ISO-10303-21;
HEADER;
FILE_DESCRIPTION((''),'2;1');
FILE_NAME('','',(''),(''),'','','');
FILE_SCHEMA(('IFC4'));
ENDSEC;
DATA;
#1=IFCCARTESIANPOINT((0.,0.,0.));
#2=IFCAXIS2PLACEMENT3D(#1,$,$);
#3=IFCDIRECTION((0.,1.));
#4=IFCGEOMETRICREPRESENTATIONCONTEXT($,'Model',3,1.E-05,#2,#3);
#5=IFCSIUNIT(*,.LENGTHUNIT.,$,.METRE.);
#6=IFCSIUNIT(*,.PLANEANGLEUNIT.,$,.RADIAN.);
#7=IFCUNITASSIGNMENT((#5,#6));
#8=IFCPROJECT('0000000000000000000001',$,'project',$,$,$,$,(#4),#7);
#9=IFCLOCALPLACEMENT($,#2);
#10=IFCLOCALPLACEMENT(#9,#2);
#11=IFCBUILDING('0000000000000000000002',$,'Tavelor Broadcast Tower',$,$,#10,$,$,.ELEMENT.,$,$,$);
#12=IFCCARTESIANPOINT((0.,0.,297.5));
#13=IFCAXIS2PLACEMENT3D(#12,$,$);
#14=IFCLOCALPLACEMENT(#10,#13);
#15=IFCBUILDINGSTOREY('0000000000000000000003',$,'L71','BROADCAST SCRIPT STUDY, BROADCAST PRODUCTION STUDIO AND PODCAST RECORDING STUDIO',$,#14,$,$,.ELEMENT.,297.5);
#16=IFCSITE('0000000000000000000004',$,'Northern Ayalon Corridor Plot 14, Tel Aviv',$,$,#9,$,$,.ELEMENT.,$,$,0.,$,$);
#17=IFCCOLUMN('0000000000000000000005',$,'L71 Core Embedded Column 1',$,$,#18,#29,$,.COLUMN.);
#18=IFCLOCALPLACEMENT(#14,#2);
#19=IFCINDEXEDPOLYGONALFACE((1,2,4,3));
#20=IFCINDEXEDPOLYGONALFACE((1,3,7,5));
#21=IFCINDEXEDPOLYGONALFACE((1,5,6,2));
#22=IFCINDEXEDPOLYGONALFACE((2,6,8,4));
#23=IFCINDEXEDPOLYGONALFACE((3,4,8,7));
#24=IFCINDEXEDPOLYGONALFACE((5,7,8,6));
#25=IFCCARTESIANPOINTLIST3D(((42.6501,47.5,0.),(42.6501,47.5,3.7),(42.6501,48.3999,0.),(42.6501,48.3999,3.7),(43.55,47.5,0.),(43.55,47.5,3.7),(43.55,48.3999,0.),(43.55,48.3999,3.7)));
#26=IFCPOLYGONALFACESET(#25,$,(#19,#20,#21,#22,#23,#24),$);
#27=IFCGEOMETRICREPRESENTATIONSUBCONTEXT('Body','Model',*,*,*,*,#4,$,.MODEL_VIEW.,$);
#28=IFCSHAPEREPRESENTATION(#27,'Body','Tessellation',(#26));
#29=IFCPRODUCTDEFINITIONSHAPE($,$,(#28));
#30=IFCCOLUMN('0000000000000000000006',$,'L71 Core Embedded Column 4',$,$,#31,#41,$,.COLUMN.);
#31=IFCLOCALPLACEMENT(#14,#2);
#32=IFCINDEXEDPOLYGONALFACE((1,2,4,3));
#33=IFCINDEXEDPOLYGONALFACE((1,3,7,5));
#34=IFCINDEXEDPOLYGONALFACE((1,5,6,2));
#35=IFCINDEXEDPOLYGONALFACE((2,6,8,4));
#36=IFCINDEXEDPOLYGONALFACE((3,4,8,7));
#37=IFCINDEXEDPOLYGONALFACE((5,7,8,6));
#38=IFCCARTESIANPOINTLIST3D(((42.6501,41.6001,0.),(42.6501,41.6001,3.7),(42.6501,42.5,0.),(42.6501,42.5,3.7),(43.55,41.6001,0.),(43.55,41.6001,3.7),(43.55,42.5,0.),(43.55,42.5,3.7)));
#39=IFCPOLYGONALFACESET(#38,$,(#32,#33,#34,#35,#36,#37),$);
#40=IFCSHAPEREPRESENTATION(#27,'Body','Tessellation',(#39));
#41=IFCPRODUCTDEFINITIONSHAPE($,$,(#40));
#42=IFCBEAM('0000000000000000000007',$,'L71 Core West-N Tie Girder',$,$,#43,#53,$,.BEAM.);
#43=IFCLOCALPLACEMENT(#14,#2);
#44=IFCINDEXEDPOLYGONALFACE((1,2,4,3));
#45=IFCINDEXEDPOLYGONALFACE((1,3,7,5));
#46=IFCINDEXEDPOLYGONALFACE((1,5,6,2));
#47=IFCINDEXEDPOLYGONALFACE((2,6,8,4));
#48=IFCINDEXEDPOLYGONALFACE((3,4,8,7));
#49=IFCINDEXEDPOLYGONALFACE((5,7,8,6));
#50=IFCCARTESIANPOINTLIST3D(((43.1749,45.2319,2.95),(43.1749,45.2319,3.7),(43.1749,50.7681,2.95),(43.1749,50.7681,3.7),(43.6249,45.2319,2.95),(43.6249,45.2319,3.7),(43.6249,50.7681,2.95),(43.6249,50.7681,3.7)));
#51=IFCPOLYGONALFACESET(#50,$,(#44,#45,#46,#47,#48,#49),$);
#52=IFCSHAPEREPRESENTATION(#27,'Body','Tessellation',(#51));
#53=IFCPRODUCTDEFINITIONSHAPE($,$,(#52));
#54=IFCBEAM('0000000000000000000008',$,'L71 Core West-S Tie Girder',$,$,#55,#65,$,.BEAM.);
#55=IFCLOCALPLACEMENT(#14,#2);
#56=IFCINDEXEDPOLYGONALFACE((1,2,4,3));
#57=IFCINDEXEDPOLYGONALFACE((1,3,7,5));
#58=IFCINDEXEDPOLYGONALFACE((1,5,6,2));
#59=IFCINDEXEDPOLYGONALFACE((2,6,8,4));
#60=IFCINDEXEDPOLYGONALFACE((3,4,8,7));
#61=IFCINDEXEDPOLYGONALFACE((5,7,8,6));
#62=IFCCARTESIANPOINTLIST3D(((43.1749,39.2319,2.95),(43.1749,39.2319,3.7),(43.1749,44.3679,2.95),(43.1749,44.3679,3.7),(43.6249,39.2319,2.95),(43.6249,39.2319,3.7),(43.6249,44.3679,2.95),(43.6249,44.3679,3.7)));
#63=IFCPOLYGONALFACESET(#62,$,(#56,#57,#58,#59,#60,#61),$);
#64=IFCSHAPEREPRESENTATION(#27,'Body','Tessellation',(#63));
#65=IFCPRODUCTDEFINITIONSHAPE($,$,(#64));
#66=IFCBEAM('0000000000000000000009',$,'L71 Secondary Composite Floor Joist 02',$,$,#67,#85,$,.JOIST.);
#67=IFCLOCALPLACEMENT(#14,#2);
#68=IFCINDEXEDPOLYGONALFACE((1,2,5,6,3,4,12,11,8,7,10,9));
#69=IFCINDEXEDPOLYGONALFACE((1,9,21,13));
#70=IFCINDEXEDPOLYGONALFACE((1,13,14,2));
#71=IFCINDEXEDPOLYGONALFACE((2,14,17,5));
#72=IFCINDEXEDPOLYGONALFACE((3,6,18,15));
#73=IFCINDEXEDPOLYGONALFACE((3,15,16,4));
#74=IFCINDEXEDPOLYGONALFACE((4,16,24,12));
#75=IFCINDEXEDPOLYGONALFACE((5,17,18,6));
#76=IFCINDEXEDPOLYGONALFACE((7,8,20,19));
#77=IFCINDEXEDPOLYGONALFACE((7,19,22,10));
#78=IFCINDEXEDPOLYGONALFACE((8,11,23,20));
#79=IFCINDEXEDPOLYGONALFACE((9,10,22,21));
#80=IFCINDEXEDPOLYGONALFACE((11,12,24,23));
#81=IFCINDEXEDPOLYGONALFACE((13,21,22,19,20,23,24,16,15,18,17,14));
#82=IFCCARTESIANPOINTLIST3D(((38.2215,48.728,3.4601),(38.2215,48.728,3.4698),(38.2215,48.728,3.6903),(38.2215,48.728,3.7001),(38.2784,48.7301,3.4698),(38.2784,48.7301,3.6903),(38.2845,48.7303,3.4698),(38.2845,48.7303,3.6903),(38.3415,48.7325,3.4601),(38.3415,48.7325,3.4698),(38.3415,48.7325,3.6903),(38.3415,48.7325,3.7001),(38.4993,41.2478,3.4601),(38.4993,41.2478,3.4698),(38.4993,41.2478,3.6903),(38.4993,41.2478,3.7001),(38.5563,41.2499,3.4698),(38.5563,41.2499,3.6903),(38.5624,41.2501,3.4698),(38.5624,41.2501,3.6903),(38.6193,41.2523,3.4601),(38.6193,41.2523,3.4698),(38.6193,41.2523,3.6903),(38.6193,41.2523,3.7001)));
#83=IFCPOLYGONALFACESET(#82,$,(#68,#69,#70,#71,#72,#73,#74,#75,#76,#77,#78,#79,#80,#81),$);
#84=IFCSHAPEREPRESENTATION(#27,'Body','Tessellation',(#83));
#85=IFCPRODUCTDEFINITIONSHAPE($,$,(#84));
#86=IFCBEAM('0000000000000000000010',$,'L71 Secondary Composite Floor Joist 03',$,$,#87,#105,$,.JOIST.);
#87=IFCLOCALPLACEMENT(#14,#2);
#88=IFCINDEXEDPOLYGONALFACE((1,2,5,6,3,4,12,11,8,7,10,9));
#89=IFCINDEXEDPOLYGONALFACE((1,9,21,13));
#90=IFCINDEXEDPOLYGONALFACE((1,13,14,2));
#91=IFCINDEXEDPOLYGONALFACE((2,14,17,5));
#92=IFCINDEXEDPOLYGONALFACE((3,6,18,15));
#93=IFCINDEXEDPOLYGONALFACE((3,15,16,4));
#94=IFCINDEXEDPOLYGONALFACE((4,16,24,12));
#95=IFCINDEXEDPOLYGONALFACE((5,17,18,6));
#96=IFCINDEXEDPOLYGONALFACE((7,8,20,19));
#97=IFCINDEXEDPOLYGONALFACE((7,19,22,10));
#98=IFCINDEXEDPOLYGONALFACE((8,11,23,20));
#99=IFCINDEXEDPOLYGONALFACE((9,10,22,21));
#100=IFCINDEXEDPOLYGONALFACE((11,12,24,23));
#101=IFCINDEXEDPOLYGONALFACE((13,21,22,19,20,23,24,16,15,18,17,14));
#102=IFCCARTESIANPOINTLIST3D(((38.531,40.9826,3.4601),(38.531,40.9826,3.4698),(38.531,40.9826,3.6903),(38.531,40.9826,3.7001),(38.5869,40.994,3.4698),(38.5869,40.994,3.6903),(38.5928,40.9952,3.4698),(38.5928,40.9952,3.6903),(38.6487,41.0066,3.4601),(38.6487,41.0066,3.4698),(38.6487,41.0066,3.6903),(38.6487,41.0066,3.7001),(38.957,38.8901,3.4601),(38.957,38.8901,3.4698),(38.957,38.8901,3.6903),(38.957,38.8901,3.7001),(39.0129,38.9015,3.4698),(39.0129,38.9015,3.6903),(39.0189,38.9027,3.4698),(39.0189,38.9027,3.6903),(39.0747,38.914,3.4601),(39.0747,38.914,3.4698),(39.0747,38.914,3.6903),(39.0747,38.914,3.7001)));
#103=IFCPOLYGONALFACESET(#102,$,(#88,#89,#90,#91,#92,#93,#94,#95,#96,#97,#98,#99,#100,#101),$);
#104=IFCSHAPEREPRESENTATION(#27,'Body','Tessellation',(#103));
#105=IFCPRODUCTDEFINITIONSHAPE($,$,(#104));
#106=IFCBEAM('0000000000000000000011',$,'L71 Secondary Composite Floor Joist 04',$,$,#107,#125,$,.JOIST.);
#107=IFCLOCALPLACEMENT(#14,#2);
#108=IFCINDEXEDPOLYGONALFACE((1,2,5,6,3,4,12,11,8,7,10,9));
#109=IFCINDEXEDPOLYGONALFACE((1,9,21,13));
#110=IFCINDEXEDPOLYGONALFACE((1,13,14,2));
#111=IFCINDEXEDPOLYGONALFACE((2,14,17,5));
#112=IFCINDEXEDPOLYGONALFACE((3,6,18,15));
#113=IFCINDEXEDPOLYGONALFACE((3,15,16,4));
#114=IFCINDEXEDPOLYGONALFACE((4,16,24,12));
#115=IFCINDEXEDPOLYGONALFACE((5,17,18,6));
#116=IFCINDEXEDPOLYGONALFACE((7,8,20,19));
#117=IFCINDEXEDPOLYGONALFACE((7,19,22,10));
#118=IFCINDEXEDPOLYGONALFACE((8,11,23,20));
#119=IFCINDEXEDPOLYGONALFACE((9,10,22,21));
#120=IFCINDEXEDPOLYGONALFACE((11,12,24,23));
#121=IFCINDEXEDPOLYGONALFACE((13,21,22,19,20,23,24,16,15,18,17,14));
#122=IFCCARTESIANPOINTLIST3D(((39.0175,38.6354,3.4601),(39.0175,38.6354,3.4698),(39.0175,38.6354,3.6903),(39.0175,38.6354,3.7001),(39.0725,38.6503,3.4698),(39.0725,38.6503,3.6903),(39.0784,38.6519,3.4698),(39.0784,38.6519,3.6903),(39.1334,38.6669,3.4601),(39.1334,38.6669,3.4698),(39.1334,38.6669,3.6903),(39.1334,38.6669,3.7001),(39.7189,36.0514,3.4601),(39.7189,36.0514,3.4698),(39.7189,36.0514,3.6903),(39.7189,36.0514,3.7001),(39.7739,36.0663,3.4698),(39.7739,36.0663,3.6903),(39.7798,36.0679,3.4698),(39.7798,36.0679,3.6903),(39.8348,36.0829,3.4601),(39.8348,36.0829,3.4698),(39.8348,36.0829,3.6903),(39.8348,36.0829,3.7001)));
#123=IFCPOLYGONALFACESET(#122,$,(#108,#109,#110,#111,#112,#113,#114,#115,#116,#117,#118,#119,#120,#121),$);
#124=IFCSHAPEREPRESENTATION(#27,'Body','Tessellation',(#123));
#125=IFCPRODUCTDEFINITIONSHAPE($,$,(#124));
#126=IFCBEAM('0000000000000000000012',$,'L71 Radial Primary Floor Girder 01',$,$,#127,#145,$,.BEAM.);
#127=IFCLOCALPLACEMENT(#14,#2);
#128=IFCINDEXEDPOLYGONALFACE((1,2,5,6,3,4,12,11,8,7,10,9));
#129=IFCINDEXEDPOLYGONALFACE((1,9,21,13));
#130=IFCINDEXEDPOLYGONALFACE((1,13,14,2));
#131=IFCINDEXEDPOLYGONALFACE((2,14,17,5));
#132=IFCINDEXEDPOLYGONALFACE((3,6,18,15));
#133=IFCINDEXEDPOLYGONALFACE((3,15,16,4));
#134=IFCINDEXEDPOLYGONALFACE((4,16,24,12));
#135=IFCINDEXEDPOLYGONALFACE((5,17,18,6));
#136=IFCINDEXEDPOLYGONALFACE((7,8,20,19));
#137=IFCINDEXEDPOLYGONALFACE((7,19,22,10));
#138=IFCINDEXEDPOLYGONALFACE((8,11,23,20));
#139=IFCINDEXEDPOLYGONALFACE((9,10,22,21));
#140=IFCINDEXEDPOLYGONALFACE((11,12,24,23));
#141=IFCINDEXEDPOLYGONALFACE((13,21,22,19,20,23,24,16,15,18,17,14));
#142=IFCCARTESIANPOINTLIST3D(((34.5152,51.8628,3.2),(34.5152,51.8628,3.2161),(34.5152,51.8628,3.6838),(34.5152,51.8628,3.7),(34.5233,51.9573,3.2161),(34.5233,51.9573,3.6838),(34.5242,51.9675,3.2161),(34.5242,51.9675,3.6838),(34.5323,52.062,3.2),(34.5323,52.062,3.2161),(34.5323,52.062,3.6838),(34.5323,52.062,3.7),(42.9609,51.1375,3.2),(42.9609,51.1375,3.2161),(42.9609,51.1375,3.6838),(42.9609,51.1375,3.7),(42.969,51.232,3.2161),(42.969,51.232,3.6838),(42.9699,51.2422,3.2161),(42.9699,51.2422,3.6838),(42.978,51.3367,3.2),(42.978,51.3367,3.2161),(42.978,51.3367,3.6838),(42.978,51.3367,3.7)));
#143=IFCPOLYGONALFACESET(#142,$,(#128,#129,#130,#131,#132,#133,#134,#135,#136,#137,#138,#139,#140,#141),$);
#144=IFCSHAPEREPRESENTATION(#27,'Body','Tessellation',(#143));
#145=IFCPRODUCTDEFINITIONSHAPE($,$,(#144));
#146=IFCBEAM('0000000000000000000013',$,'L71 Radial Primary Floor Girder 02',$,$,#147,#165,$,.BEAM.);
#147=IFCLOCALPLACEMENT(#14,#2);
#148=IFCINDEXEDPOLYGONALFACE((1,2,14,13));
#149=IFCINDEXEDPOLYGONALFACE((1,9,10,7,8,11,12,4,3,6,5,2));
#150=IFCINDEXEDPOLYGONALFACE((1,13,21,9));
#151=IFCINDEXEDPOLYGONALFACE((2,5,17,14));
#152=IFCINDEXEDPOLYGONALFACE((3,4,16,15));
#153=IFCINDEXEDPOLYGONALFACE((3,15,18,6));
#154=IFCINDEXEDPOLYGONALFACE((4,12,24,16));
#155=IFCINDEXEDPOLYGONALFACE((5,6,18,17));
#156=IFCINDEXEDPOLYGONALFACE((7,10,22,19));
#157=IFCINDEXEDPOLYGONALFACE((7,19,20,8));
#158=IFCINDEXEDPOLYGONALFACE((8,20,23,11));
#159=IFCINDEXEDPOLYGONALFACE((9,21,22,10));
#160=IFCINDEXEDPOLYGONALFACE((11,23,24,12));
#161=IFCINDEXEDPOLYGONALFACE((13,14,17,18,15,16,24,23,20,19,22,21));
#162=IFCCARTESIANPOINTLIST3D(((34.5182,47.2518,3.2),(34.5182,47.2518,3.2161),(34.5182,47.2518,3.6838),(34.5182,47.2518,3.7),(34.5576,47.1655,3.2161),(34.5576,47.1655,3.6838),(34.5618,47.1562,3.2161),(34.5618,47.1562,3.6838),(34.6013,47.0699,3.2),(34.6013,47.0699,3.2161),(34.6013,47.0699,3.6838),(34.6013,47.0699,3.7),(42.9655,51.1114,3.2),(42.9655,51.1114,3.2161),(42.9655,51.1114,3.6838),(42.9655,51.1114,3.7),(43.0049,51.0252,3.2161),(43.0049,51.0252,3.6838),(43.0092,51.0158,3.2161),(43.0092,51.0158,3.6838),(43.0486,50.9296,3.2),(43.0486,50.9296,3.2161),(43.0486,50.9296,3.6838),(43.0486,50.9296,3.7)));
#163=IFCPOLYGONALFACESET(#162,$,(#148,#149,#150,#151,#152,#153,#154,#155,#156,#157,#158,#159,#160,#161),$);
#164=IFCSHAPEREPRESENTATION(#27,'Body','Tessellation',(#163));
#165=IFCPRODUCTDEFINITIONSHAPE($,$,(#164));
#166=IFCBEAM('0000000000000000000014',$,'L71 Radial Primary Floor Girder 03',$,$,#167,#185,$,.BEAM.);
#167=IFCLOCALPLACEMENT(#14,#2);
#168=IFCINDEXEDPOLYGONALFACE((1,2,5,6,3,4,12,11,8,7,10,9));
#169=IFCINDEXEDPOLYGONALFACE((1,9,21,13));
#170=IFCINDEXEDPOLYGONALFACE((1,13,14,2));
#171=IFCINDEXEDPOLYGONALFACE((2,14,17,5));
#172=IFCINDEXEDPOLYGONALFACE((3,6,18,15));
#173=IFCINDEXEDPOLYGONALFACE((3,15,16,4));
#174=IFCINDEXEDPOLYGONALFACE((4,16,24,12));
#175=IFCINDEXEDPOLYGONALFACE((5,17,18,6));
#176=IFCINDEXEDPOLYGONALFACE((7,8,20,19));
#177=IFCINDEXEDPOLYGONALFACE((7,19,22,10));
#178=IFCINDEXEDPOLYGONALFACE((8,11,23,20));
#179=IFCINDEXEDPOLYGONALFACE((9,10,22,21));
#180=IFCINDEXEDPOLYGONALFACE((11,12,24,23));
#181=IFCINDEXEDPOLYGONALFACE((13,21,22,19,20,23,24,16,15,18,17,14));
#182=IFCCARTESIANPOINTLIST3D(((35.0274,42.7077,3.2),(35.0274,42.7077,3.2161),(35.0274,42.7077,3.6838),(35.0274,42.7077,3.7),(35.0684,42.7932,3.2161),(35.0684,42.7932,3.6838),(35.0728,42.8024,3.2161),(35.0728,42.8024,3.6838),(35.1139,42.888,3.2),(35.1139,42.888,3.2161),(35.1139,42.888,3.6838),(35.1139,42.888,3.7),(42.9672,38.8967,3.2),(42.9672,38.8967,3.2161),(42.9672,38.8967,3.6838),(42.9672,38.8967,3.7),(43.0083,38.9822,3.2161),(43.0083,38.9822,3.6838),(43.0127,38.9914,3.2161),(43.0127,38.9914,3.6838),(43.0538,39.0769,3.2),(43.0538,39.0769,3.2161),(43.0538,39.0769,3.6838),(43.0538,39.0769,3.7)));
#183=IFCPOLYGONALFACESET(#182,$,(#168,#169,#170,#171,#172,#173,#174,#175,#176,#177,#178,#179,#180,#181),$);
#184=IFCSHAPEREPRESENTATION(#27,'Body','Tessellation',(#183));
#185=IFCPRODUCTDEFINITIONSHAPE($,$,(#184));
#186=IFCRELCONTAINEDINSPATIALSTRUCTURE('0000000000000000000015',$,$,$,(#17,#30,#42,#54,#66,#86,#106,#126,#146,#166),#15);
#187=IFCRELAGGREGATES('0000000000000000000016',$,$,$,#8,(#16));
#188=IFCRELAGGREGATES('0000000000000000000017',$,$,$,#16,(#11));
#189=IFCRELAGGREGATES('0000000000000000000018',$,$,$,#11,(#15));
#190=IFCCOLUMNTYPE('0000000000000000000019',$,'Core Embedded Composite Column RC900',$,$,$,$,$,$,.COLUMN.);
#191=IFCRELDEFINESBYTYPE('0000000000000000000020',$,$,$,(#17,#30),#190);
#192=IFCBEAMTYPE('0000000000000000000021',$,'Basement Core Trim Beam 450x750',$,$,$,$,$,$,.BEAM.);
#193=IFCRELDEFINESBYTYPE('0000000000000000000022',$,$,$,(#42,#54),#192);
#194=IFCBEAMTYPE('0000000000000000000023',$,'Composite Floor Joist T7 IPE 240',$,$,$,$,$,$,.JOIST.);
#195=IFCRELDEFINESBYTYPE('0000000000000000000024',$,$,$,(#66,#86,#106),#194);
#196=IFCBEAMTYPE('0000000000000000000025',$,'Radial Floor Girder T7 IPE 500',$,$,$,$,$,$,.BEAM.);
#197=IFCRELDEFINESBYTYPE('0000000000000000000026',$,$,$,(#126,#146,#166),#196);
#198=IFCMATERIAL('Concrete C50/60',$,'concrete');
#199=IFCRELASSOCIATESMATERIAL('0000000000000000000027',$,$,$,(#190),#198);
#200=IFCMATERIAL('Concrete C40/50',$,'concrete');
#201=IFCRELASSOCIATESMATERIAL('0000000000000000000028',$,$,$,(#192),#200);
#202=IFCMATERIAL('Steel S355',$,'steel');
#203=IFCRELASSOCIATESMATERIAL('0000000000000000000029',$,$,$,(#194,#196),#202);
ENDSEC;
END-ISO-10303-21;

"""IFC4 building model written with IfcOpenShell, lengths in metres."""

from ifc_helpers import new_model, si_unit, direction, frame, origin, origin_2d, place, context, subcontext, project, spatial, rectangle, i_section, extrude, material, material_profile, profile_set, type_object, element, save


model = new_model("IFC4")

# Units and contexts
model_context = context("Model", 3, precision=1e-05, world=origin(), true_north=direction((0.0, 1.0)))
body_context = subcontext(model_context, "Body", "Model", "MODEL_VIEW")
ifc_project = project(units=[si_unit("LENGTHUNIT", "METRE"), si_unit("PLANEANGLEUNIT", "RADIAN")], contexts=[model_context])

# Site, building, storey
site_placement = place(None, origin())
site = spatial("IfcSite", under=ifc_project, at=site_placement, Name="Northern Ayalon Corridor Plot 14, Tel Aviv", CompositionType="ELEMENT", RefElevation=0.0)
building_placement = place(site_placement, origin())
building = spatial("IfcBuilding", under=site, at=building_placement, Name="Tavelor Broadcast Tower", CompositionType="ELEMENT")
storey_placement = place(building_placement, frame((0.0, 0.0, 297.5)))
storey = spatial("IfcBuildingStorey", under=building, at=storey_placement, Name="L71", Description="BROADCAST SCRIPT STUDY, BROADCAST PRODUCTION STUDIO AND PODCAST RECORDING STUDIO", CompositionType="ELEMENT", Elevation=297.5)

# Columns
ifc_material_1 = material(Name="Concrete C50/60", Category="concrete")
ifc_material_profile_1 = material_profile(ifc_material_1, rectangle(XDim=0.8999, YDim=0.8999, at=origin_2d()), Name="RC 900x900")
ifc_profile_set_1 = profile_set([ifc_material_profile_1], Name="Concrete C50/60")
column_type = type_object("IfcColumnType", Name="Core Embedded Composite Column RC900", PredefinedType="COLUMN", material=ifc_profile_set_1)
for number, where, z_axis, x_axis, name in (
    (1, (43.1001, 47.95, 0.0), (0.0, 0.0, 1.0), (1.0, 0.0, 0.0), "L71 Core Embedded Column 1"),
    (2, (43.1001, 42.05, 0.0), (0.0, 0.0, 1.0), (1.0, 0.0, 0.0), "L71 Core Embedded Column 4"),
):
    element("IfcColumn", number, at=place(storey_placement, frame(where, z_axis=z_axis, x_axis=x_axis)), inside=storey, type_object=column_type, Name=name, PredefinedType="COLUMN", context=body_context, shape_type="SweptSolid", body=[
        extrude(rectangle(XDim=0.8999, YDim=0.8999, at=origin_2d()), origin(), (0.0, 0.0, 1.0), 3.7),
    ])

# Beams
ifc_material_2 = material(Name="Concrete C40/50", Category="concrete")
ifc_material_profile_2 = material_profile(ifc_material_2, rectangle(XDim=0.45, YDim=0.75, at=origin_2d()), Name="RC 450x750")
ifc_profile_set_2 = profile_set([ifc_material_profile_2], Name="Concrete C40/50")
beam_type_1 = type_object("IfcBeamType", Name="Basement Core Trim Beam 450x750", PredefinedType="BEAM", material=ifc_profile_set_2)
beam_1_placement = place(storey_placement, frame((43.3999, 45.2319, 3.325), z_axis=(0.0, 1.0, 0.0), x_axis=(-1.0, 0.0, 0.0)))
element("IfcBeam", 3, at=beam_1_placement, inside=storey, type_object=beam_type_1, Name="L71 Core West-N Tie Girder", PredefinedType="BEAM", context=body_context, shape_type="SweptSolid", body=[
    extrude(rectangle(XDim=0.45, YDim=0.75, at=origin_2d()), origin(), (0.0, 0.0, 1.0), 5.5361),
])
beam_2_placement = place(storey_placement, frame((43.3999, 39.2319, 3.325), z_axis=(0.0, 1.0, 0.0), x_axis=(-1.0, 0.0, 0.0)))
element("IfcBeam", 4, at=beam_2_placement, inside=storey, type_object=beam_type_1, Name="L71 Core West-S Tie Girder", PredefinedType="BEAM", context=body_context, shape_type="SweptSolid", body=[
    extrude(rectangle(XDim=0.45, YDim=0.75, at=origin_2d()), origin(), (0.0, 0.0, 1.0), 5.136),
])
ifc_material_3 = material(Name="Steel S355", Category="steel")
ifc_material_profile_3 = material_profile(ifc_material_3, i_section(OverallWidth=0.1201, OverallDepth=0.24, WebThickness=0.0061, FlangeThickness=0.0098, at=origin_2d()), Name="IPE 240")
ifc_profile_set_3 = profile_set([ifc_material_profile_3], Name="Steel S355")
beam_type_2 = type_object("IfcBeamType", Name="Composite Floor Joist T7 IPE 240", PredefinedType="JOIST", material=ifc_profile_set_3)
beam_3_placement = place(storey_placement, frame((38.2815, 48.7302, 3.5801), z_axis=(0.037117, -0.999311, 0.0), x_axis=(0.999311, 0.037117, 0.0)))
element("IfcBeam", 5, at=beam_3_placement, inside=storey, type_object=beam_type_2, Name="L71 Secondary Composite Floor Joist 02", PredefinedType="JOIST", context=body_context, shape_type="SweptSolid", body=[
    extrude(i_section(OverallWidth=0.1201, OverallDepth=0.24, WebThickness=0.0061, FlangeThickness=0.0098, at=origin_2d()), origin(), (0.0, 0.0, 1.0), 7.4854),
])
beam_4_placement = place(storey_placement, frame((38.5898, 40.9946, 3.5801), z_axis=(0.199501, -0.979898, 0.0), x_axis=(0.979898, 0.199501, 0.0)))
element("IfcBeam", 6, at=beam_4_placement, inside=storey, type_object=beam_type_2, Name="L71 Secondary Composite Floor Joist 03", PredefinedType="JOIST", context=body_context, shape_type="SweptSolid", body=[
    extrude(i_section(OverallWidth=0.1201, OverallDepth=0.24, WebThickness=0.0061, FlangeThickness=0.0098, at=origin_2d()), origin(), (0.0, 0.0, 1.0), 2.1355),
])
beam_5_placement = place(storey_placement, frame((39.0754, 38.6511, 3.5801), z_axis=(0.261968, -0.965077, 0.0), x_axis=(0.965077, 0.261968, 0.0)))
element("IfcBeam", 7, at=beam_5_placement, inside=storey, type_object=beam_type_2, Name="L71 Secondary Composite Floor Joist 04", PredefinedType="JOIST", context=body_context, shape_type="SweptSolid", body=[
    extrude(i_section(OverallWidth=0.1201, OverallDepth=0.24, WebThickness=0.0061, FlangeThickness=0.0098, at=origin_2d()), origin(), (0.0, 0.0, 1.0), 2.6775),
])
ifc_material_profile_4 = material_profile(ifc_material_3, i_section(OverallWidth=0.2, OverallDepth=0.5, WebThickness=0.0103, FlangeThickness=0.0161, at=origin_2d()), Name="IPE 500")
ifc_profile_set_4 = profile_set([ifc_material_profile_4], Name="Steel S355")
beam_type_3 = type_object("IfcBeamType", Name="Radial Floor Girder T7 IPE 500", PredefinedType="BEAM", material=ifc_profile_set_4)
beam_6_placement = place(storey_placement, frame((42.9695, 51.2371, 3.45), z_axis=(-0.996332, 0.085567, 0.0), x_axis=(-0.085567, -0.996332, 0.0)))
element("IfcBeam", 8, at=beam_6_placement, inside=storey, type_object=beam_type_3, Name="L71 Radial Primary Floor Girder 01", PredefinedType="BEAM", context=body_context, shape_type="SweptSolid", body=[
    extrude(i_section(OverallWidth=0.2, OverallDepth=0.5, WebThickness=0.0103, FlangeThickness=0.0161, at=origin_2d()), origin(), (0.0, 0.0, 1.0), 8.4768),
])
beam_7_placement = place(storey_placement, frame((43.0071, 51.0205, 3.45), z_axis=(-0.909555, -0.415583, 0.0), x_axis=(0.415583, -0.909555, 0.0)))
element("IfcBeam", 9, at=beam_7_placement, inside=storey, type_object=beam_type_3, Name="L71 Radial Primary Floor Girder 02", PredefinedType="BEAM", context=body_context, shape_type="SweptSolid", body=[
    extrude(i_section(OverallWidth=0.2, OverallDepth=0.5, WebThickness=0.0103, FlangeThickness=0.0161, at=origin_2d()), origin(), (0.0, 0.0, 1.0), 9.2874),
])
beam_8_placement = place(storey_placement, frame((43.0105, 38.9868, 3.45), z_axis=(-0.901529, 0.432718, 0.0), x_axis=(-0.432718, -0.901529, 0.0)))
element("IfcBeam", 10, at=beam_8_placement, inside=storey, type_object=beam_type_3, Name="L71 Radial Primary Floor Girder 03", PredefinedType="BEAM", context=body_context, shape_type="SweptSolid", body=[
    extrude(i_section(OverallWidth=0.2, OverallDepth=0.5, WebThickness=0.0103, FlangeThickness=0.0161, at=origin_2d()), origin(), (0.0, 0.0, 1.0), 8.8071),
])

save(model, "model.ifc")
